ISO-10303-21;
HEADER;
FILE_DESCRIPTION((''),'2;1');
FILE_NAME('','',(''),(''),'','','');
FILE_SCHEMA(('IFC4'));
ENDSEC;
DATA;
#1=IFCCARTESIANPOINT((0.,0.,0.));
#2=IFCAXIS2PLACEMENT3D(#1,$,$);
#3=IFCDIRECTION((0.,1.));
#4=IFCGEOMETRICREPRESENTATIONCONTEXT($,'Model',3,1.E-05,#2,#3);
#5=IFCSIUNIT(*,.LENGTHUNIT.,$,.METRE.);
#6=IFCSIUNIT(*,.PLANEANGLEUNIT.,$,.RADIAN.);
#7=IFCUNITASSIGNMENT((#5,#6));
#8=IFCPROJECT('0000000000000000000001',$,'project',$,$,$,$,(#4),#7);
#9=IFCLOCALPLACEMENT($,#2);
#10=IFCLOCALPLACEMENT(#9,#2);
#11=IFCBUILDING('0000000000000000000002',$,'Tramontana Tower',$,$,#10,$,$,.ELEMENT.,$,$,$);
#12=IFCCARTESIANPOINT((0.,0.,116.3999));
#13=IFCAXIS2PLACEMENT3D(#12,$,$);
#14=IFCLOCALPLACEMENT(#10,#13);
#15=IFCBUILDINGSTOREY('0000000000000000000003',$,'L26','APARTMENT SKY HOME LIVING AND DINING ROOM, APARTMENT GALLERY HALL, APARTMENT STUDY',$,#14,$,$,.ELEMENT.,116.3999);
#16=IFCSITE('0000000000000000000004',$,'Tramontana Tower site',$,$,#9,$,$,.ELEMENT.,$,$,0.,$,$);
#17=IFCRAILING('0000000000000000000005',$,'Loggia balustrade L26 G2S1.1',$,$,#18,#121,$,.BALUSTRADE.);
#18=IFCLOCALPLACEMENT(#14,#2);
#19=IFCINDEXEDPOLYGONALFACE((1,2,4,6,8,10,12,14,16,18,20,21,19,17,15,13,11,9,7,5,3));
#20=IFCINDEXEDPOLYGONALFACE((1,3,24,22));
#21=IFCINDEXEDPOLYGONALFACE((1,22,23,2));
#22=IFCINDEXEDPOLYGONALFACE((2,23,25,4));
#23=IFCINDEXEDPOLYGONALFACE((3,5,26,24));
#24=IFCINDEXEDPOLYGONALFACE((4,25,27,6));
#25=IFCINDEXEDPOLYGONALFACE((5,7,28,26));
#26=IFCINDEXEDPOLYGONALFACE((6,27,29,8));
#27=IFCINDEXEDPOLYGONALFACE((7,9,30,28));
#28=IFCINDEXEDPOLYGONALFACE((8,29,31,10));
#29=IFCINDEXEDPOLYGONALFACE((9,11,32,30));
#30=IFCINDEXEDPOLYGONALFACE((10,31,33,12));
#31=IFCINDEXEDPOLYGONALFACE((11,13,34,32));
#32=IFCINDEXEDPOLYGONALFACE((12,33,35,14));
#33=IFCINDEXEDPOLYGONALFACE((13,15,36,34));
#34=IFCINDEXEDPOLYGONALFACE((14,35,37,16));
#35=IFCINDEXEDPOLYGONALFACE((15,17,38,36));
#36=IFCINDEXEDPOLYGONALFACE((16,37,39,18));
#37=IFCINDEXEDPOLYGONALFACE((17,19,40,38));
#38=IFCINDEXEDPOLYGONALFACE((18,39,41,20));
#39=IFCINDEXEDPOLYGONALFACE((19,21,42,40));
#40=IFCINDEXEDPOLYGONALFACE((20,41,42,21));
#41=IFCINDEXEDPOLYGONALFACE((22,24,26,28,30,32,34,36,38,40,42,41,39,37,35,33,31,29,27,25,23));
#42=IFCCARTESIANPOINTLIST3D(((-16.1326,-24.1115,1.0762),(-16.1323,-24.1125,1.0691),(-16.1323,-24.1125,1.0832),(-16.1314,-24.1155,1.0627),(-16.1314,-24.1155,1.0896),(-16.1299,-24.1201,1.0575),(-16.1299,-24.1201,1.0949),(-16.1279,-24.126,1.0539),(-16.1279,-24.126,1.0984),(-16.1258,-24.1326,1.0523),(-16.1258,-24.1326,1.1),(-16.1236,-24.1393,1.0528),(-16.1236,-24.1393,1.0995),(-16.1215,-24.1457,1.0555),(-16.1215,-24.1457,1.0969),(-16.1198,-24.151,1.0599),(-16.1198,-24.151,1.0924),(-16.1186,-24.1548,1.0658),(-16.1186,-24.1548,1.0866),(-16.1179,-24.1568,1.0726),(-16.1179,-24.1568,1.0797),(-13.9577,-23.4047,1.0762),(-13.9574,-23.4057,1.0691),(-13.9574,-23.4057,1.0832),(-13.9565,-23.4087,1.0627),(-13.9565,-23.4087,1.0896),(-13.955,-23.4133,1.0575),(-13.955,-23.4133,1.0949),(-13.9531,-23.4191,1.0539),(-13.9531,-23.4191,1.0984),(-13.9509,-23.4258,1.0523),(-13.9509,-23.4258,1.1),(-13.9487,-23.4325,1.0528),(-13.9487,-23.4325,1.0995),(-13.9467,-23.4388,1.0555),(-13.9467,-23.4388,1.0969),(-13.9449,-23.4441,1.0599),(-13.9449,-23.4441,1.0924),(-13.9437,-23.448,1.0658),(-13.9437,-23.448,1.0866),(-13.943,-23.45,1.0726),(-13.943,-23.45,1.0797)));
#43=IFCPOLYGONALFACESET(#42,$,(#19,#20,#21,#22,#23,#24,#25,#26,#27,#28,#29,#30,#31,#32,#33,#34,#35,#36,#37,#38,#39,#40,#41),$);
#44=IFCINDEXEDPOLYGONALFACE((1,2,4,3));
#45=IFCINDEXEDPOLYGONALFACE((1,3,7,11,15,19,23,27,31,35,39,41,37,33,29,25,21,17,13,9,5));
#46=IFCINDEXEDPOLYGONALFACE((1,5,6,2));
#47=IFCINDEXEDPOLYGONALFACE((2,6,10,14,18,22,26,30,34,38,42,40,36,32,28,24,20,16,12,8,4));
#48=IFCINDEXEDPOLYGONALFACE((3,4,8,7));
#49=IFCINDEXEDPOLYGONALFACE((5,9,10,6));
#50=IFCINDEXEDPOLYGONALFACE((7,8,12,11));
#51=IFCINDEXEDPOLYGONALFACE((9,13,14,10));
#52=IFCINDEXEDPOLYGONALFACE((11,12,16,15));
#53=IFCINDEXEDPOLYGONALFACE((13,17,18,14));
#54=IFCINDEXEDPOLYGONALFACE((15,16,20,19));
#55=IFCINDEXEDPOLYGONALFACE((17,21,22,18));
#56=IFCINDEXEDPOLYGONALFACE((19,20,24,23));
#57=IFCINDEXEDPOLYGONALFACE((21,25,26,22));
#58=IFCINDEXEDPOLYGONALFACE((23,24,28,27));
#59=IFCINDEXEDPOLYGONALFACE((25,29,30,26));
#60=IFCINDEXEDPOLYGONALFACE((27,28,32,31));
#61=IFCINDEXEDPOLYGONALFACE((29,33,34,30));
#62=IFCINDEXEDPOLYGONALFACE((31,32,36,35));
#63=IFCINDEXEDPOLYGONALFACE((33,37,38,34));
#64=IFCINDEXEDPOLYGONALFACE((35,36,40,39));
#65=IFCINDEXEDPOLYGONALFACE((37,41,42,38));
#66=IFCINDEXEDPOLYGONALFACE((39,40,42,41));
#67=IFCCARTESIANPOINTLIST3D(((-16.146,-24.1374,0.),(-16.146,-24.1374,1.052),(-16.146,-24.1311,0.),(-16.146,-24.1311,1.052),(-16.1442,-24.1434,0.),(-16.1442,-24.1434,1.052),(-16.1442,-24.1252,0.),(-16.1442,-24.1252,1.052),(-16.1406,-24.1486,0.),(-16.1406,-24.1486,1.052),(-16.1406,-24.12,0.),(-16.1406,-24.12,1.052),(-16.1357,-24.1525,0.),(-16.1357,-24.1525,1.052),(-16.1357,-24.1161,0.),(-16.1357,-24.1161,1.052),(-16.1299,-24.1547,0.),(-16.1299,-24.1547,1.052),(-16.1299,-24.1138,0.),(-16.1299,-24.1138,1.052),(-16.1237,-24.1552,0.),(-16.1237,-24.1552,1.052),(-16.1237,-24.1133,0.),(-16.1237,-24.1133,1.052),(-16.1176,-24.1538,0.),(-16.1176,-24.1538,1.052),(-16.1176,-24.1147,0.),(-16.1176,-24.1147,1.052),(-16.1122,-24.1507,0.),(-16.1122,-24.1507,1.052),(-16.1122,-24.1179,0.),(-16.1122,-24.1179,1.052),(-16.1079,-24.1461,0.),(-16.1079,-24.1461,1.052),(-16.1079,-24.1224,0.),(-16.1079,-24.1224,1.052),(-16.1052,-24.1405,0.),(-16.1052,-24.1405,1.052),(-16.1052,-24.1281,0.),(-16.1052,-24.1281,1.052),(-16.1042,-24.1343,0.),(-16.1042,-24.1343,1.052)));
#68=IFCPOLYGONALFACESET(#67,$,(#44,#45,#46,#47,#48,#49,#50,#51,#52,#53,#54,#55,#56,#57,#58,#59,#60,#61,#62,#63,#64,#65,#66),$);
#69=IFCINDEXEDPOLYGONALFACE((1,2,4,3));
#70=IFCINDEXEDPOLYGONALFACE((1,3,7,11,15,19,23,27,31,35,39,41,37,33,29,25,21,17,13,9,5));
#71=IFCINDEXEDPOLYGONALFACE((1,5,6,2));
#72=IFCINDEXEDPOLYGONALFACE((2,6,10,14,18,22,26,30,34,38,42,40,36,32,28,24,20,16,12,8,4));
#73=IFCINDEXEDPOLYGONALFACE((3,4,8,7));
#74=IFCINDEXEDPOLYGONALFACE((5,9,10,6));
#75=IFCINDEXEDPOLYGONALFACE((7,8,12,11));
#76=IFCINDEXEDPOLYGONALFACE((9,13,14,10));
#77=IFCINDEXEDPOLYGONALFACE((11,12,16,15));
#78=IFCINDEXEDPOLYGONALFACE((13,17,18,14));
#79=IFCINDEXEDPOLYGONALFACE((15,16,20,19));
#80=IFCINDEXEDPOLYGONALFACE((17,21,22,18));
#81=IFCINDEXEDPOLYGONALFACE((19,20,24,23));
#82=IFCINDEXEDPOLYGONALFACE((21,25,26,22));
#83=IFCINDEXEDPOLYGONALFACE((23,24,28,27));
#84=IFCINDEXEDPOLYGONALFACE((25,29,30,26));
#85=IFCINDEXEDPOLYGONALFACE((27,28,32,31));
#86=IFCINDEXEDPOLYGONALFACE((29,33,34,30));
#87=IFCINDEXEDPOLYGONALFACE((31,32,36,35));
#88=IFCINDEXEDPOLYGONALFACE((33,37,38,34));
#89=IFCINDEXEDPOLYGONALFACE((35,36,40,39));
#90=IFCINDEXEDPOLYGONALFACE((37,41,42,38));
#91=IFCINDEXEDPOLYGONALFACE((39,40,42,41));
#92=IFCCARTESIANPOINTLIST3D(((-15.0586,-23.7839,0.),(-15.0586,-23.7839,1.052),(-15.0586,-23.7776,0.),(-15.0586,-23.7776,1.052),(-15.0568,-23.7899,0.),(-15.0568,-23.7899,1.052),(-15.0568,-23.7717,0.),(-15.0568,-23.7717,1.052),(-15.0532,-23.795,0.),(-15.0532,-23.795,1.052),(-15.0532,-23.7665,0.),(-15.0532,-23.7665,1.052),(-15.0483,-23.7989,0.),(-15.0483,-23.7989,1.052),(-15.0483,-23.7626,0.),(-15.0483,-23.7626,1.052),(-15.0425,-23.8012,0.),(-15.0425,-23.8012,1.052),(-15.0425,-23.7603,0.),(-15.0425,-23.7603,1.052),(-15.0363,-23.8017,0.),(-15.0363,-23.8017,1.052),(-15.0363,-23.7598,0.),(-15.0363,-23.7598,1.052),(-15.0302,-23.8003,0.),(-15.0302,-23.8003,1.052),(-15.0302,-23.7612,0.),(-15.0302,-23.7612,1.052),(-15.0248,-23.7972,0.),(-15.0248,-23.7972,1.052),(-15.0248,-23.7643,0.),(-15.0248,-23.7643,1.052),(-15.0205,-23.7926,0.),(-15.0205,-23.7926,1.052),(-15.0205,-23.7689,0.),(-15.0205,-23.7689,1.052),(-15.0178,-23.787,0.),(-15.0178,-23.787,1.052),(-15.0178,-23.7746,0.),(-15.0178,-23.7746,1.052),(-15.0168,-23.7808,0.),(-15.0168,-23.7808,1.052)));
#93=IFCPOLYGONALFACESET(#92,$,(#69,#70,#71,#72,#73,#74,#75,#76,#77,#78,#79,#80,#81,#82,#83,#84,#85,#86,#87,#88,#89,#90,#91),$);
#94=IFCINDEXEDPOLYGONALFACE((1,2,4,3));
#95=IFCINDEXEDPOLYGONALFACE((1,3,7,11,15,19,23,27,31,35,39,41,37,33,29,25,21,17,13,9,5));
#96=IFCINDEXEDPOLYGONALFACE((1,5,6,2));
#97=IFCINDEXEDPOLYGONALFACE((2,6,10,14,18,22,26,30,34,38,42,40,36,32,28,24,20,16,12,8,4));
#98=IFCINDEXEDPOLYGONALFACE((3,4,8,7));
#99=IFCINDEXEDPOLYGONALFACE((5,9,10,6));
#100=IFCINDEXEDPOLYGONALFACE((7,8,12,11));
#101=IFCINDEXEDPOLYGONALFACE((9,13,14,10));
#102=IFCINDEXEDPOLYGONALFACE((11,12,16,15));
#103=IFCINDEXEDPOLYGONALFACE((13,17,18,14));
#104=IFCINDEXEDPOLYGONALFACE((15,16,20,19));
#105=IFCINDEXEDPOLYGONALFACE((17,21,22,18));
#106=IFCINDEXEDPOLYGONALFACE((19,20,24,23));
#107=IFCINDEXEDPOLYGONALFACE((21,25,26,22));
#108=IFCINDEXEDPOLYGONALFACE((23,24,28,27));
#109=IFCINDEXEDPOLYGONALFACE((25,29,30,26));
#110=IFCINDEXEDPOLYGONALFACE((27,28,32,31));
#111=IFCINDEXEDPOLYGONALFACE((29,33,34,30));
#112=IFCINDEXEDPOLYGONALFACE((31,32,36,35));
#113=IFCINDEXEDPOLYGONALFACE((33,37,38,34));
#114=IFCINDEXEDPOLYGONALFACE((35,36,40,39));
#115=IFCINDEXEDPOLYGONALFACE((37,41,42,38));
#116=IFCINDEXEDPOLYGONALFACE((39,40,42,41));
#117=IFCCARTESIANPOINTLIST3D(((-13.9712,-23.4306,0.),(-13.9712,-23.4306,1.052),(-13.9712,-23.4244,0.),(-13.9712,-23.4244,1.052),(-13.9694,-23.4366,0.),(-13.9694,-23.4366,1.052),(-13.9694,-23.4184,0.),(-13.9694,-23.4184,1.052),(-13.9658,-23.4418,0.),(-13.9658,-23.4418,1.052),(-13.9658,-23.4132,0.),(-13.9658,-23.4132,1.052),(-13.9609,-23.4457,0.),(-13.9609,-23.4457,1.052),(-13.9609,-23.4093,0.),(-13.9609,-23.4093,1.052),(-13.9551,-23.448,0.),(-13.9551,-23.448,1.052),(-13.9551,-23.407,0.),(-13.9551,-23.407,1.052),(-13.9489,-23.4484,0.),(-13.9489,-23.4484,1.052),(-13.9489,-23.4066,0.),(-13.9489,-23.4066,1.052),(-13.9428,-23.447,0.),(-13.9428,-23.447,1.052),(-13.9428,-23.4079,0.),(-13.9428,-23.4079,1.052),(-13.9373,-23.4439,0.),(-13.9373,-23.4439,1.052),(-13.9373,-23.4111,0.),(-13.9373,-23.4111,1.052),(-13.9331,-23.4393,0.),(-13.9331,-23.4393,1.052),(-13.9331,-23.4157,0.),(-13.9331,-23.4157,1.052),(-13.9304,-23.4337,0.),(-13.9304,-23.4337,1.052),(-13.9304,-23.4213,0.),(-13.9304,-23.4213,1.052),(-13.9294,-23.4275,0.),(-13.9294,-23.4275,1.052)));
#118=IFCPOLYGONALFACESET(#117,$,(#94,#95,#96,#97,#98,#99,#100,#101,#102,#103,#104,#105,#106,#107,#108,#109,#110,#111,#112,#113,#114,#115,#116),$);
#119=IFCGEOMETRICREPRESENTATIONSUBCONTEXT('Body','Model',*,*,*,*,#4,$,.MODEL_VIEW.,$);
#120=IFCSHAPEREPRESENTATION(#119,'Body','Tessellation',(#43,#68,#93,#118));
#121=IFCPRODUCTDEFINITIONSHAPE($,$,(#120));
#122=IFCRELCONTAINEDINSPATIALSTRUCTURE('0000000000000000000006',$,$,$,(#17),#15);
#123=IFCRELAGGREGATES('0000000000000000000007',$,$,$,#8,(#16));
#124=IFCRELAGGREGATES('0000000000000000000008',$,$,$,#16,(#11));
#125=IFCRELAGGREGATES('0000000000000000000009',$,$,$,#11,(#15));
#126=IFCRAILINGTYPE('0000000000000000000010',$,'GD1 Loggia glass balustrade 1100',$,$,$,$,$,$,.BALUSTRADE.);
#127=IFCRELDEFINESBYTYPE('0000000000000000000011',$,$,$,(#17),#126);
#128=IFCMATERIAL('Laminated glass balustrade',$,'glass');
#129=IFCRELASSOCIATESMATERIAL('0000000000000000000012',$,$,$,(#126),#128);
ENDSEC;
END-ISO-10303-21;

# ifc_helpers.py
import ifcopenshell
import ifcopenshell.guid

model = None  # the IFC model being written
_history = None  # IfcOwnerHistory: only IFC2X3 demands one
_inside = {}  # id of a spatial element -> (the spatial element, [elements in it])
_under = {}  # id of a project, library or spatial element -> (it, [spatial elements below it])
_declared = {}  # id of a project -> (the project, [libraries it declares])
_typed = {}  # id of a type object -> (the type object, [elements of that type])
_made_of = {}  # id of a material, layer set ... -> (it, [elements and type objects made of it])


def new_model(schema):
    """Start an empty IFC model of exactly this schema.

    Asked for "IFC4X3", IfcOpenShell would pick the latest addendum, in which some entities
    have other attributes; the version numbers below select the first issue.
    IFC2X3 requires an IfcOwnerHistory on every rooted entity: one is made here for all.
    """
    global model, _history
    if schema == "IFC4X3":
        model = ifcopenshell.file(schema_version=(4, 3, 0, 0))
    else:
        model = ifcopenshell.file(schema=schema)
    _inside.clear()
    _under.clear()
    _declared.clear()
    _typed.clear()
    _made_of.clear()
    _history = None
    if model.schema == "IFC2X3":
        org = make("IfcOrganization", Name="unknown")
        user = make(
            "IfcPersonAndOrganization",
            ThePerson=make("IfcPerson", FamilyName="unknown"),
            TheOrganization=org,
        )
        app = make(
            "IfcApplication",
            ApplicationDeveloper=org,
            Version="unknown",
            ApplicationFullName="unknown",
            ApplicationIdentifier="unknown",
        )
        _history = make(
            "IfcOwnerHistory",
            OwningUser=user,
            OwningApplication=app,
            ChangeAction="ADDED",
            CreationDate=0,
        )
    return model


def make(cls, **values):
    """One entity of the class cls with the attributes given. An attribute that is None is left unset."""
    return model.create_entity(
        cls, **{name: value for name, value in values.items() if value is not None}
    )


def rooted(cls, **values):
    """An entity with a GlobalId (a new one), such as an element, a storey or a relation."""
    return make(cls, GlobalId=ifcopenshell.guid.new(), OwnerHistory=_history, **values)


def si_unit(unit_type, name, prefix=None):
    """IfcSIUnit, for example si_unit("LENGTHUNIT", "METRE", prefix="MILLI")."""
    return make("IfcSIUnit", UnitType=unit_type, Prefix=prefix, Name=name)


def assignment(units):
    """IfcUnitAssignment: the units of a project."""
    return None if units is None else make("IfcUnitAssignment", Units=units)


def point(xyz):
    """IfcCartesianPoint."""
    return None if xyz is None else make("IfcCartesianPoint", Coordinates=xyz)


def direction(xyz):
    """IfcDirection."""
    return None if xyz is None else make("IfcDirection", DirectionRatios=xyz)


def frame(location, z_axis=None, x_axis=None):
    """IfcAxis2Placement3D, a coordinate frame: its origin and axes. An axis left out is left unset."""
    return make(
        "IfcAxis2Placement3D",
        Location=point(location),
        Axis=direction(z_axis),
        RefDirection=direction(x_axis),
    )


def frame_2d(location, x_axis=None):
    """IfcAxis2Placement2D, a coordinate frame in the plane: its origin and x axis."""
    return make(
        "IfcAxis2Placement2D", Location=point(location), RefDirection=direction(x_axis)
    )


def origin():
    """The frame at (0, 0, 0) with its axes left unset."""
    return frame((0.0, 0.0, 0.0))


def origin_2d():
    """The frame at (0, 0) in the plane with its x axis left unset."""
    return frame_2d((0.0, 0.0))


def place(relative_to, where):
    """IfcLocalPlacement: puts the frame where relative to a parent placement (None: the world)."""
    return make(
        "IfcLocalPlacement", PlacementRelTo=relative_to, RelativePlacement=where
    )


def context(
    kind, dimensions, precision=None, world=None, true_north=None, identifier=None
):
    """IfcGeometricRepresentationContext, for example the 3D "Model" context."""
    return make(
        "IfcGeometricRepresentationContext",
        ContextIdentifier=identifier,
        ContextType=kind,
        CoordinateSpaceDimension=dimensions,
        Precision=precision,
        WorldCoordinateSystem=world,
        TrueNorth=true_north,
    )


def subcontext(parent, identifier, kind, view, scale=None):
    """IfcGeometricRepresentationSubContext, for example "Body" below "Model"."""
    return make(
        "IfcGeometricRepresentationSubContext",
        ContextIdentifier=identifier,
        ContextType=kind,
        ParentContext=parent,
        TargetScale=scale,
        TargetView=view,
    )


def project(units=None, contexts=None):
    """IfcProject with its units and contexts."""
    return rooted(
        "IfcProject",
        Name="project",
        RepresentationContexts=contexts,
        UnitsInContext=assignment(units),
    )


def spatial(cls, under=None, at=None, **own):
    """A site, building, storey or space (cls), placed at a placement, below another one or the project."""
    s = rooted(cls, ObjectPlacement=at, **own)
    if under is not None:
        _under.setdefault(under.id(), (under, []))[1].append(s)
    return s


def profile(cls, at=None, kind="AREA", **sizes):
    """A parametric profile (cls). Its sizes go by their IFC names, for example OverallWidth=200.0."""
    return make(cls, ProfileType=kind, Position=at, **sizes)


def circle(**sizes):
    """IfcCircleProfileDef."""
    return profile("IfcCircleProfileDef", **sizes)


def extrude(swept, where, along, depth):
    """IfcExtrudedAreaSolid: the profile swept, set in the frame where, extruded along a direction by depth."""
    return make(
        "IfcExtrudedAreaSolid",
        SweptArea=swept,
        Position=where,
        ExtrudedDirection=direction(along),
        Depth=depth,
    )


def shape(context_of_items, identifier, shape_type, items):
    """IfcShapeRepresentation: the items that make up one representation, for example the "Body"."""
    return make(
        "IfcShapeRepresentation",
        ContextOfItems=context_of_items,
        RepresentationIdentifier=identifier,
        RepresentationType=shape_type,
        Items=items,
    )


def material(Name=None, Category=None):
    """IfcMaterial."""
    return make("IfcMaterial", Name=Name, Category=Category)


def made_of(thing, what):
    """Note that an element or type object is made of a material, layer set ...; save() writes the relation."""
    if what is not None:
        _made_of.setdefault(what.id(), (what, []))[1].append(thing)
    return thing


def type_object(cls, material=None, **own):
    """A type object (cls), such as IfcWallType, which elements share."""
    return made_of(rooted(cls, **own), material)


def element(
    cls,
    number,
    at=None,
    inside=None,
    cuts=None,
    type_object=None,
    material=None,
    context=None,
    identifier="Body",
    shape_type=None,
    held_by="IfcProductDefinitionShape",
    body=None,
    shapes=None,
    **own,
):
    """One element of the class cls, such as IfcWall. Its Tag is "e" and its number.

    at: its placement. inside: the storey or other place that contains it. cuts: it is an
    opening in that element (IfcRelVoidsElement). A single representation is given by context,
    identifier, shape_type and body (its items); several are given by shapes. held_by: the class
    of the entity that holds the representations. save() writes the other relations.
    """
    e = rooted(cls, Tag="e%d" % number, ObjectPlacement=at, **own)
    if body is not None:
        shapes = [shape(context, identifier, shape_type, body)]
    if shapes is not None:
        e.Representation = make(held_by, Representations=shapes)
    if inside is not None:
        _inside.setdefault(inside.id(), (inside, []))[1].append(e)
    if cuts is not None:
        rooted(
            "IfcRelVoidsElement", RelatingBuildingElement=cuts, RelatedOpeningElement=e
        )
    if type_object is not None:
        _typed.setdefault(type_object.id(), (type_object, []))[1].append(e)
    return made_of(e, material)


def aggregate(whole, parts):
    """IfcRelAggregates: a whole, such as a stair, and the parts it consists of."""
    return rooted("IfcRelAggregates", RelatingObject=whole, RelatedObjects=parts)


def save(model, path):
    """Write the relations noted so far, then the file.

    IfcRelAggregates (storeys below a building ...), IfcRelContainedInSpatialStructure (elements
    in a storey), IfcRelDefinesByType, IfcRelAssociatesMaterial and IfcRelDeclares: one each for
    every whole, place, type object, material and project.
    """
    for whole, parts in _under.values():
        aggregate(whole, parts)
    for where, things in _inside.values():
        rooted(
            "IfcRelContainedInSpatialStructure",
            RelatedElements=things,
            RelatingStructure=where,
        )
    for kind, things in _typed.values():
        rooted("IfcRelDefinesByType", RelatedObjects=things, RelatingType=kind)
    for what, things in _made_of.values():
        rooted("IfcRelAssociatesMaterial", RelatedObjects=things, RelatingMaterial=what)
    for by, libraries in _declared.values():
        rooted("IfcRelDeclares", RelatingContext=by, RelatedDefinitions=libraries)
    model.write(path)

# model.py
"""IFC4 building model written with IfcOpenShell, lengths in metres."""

from ifc_helpers import new_model, si_unit, direction, frame, origin, origin_2d, place, context, subcontext, project, spatial, circle, extrude, material, type_object, element, save


model = new_model("IFC4")

# Units and contexts
model_context = context("Model", 3, precision=1e-05, world=origin(), true_north=direction((0.0, 1.0)))
body_context = subcontext(model_context, "Body", "Model", "MODEL_VIEW")
ifc_project = project(units=[si_unit("LENGTHUNIT", "METRE"), si_unit("PLANEANGLEUNIT", "RADIAN")], contexts=[model_context])

# Site, building, storey
site_placement = place(None, origin())
site = spatial("IfcSite", under=ifc_project, at=site_placement, Name="Tramontana Tower site", CompositionType="ELEMENT", RefElevation=0.0)
building_placement = place(site_placement, origin())
building = spatial("IfcBuilding", under=site, at=building_placement, Name="Tramontana Tower", CompositionType="ELEMENT")
storey_placement = place(building_placement, frame((0.0, 0.0, 116.3999)))
storey = spatial("IfcBuildingStorey", under=building, at=storey_placement, Name="L26", Description="APARTMENT SKY HOME LIVING AND DINING ROOM, APARTMENT GALLERY HALL, APARTMENT STUDY", CompositionType="ELEMENT", Elevation=116.3999)

# Railing
ifc_material_1 = material(Name="Laminated glass balustrade", Category="glass")
railing_type = type_object("IfcRailingType", Name="GD1 Loggia glass balustrade 1100", PredefinedType="BALUSTRADE", material=ifc_material_1)
railing_1_placement = place(storey_placement, frame((-16.1252, -24.1343, 0.0)))
element("IfcRailing", 1, at=railing_1_placement, inside=storey, type_object=railing_type, Name="Loggia balustrade L26 G2S1.1", PredefinedType="BALUSTRADE", context=body_context, shape_type="SweptSolid", body=[
    extrude(circle(Radius=0.0239, at=origin_2d()), frame((0.0, 0.0, 1.0762), z_axis=(0.951037, 0.309076, 0.0), x_axis=(-0.309076, 0.951037, 0.0)), (0.0, 0.0, 1.0), 2.2869),
    extrude(circle(Radius=0.021, at=origin_2d()), origin(), (0.0, 0.0, 1.0), 1.052),
    extrude(circle(Radius=0.021, at=origin_2d()), frame((1.0874, 0.3535, 0.0)), (0.0, 0.0, 1.0), 1.052),
    extrude(circle(Radius=0.021, at=origin_2d()), frame((2.1748, 0.7068, 0.0)), (0.0, 0.0, 1.0), 1.052),
])

save(model, "model.ifc")
